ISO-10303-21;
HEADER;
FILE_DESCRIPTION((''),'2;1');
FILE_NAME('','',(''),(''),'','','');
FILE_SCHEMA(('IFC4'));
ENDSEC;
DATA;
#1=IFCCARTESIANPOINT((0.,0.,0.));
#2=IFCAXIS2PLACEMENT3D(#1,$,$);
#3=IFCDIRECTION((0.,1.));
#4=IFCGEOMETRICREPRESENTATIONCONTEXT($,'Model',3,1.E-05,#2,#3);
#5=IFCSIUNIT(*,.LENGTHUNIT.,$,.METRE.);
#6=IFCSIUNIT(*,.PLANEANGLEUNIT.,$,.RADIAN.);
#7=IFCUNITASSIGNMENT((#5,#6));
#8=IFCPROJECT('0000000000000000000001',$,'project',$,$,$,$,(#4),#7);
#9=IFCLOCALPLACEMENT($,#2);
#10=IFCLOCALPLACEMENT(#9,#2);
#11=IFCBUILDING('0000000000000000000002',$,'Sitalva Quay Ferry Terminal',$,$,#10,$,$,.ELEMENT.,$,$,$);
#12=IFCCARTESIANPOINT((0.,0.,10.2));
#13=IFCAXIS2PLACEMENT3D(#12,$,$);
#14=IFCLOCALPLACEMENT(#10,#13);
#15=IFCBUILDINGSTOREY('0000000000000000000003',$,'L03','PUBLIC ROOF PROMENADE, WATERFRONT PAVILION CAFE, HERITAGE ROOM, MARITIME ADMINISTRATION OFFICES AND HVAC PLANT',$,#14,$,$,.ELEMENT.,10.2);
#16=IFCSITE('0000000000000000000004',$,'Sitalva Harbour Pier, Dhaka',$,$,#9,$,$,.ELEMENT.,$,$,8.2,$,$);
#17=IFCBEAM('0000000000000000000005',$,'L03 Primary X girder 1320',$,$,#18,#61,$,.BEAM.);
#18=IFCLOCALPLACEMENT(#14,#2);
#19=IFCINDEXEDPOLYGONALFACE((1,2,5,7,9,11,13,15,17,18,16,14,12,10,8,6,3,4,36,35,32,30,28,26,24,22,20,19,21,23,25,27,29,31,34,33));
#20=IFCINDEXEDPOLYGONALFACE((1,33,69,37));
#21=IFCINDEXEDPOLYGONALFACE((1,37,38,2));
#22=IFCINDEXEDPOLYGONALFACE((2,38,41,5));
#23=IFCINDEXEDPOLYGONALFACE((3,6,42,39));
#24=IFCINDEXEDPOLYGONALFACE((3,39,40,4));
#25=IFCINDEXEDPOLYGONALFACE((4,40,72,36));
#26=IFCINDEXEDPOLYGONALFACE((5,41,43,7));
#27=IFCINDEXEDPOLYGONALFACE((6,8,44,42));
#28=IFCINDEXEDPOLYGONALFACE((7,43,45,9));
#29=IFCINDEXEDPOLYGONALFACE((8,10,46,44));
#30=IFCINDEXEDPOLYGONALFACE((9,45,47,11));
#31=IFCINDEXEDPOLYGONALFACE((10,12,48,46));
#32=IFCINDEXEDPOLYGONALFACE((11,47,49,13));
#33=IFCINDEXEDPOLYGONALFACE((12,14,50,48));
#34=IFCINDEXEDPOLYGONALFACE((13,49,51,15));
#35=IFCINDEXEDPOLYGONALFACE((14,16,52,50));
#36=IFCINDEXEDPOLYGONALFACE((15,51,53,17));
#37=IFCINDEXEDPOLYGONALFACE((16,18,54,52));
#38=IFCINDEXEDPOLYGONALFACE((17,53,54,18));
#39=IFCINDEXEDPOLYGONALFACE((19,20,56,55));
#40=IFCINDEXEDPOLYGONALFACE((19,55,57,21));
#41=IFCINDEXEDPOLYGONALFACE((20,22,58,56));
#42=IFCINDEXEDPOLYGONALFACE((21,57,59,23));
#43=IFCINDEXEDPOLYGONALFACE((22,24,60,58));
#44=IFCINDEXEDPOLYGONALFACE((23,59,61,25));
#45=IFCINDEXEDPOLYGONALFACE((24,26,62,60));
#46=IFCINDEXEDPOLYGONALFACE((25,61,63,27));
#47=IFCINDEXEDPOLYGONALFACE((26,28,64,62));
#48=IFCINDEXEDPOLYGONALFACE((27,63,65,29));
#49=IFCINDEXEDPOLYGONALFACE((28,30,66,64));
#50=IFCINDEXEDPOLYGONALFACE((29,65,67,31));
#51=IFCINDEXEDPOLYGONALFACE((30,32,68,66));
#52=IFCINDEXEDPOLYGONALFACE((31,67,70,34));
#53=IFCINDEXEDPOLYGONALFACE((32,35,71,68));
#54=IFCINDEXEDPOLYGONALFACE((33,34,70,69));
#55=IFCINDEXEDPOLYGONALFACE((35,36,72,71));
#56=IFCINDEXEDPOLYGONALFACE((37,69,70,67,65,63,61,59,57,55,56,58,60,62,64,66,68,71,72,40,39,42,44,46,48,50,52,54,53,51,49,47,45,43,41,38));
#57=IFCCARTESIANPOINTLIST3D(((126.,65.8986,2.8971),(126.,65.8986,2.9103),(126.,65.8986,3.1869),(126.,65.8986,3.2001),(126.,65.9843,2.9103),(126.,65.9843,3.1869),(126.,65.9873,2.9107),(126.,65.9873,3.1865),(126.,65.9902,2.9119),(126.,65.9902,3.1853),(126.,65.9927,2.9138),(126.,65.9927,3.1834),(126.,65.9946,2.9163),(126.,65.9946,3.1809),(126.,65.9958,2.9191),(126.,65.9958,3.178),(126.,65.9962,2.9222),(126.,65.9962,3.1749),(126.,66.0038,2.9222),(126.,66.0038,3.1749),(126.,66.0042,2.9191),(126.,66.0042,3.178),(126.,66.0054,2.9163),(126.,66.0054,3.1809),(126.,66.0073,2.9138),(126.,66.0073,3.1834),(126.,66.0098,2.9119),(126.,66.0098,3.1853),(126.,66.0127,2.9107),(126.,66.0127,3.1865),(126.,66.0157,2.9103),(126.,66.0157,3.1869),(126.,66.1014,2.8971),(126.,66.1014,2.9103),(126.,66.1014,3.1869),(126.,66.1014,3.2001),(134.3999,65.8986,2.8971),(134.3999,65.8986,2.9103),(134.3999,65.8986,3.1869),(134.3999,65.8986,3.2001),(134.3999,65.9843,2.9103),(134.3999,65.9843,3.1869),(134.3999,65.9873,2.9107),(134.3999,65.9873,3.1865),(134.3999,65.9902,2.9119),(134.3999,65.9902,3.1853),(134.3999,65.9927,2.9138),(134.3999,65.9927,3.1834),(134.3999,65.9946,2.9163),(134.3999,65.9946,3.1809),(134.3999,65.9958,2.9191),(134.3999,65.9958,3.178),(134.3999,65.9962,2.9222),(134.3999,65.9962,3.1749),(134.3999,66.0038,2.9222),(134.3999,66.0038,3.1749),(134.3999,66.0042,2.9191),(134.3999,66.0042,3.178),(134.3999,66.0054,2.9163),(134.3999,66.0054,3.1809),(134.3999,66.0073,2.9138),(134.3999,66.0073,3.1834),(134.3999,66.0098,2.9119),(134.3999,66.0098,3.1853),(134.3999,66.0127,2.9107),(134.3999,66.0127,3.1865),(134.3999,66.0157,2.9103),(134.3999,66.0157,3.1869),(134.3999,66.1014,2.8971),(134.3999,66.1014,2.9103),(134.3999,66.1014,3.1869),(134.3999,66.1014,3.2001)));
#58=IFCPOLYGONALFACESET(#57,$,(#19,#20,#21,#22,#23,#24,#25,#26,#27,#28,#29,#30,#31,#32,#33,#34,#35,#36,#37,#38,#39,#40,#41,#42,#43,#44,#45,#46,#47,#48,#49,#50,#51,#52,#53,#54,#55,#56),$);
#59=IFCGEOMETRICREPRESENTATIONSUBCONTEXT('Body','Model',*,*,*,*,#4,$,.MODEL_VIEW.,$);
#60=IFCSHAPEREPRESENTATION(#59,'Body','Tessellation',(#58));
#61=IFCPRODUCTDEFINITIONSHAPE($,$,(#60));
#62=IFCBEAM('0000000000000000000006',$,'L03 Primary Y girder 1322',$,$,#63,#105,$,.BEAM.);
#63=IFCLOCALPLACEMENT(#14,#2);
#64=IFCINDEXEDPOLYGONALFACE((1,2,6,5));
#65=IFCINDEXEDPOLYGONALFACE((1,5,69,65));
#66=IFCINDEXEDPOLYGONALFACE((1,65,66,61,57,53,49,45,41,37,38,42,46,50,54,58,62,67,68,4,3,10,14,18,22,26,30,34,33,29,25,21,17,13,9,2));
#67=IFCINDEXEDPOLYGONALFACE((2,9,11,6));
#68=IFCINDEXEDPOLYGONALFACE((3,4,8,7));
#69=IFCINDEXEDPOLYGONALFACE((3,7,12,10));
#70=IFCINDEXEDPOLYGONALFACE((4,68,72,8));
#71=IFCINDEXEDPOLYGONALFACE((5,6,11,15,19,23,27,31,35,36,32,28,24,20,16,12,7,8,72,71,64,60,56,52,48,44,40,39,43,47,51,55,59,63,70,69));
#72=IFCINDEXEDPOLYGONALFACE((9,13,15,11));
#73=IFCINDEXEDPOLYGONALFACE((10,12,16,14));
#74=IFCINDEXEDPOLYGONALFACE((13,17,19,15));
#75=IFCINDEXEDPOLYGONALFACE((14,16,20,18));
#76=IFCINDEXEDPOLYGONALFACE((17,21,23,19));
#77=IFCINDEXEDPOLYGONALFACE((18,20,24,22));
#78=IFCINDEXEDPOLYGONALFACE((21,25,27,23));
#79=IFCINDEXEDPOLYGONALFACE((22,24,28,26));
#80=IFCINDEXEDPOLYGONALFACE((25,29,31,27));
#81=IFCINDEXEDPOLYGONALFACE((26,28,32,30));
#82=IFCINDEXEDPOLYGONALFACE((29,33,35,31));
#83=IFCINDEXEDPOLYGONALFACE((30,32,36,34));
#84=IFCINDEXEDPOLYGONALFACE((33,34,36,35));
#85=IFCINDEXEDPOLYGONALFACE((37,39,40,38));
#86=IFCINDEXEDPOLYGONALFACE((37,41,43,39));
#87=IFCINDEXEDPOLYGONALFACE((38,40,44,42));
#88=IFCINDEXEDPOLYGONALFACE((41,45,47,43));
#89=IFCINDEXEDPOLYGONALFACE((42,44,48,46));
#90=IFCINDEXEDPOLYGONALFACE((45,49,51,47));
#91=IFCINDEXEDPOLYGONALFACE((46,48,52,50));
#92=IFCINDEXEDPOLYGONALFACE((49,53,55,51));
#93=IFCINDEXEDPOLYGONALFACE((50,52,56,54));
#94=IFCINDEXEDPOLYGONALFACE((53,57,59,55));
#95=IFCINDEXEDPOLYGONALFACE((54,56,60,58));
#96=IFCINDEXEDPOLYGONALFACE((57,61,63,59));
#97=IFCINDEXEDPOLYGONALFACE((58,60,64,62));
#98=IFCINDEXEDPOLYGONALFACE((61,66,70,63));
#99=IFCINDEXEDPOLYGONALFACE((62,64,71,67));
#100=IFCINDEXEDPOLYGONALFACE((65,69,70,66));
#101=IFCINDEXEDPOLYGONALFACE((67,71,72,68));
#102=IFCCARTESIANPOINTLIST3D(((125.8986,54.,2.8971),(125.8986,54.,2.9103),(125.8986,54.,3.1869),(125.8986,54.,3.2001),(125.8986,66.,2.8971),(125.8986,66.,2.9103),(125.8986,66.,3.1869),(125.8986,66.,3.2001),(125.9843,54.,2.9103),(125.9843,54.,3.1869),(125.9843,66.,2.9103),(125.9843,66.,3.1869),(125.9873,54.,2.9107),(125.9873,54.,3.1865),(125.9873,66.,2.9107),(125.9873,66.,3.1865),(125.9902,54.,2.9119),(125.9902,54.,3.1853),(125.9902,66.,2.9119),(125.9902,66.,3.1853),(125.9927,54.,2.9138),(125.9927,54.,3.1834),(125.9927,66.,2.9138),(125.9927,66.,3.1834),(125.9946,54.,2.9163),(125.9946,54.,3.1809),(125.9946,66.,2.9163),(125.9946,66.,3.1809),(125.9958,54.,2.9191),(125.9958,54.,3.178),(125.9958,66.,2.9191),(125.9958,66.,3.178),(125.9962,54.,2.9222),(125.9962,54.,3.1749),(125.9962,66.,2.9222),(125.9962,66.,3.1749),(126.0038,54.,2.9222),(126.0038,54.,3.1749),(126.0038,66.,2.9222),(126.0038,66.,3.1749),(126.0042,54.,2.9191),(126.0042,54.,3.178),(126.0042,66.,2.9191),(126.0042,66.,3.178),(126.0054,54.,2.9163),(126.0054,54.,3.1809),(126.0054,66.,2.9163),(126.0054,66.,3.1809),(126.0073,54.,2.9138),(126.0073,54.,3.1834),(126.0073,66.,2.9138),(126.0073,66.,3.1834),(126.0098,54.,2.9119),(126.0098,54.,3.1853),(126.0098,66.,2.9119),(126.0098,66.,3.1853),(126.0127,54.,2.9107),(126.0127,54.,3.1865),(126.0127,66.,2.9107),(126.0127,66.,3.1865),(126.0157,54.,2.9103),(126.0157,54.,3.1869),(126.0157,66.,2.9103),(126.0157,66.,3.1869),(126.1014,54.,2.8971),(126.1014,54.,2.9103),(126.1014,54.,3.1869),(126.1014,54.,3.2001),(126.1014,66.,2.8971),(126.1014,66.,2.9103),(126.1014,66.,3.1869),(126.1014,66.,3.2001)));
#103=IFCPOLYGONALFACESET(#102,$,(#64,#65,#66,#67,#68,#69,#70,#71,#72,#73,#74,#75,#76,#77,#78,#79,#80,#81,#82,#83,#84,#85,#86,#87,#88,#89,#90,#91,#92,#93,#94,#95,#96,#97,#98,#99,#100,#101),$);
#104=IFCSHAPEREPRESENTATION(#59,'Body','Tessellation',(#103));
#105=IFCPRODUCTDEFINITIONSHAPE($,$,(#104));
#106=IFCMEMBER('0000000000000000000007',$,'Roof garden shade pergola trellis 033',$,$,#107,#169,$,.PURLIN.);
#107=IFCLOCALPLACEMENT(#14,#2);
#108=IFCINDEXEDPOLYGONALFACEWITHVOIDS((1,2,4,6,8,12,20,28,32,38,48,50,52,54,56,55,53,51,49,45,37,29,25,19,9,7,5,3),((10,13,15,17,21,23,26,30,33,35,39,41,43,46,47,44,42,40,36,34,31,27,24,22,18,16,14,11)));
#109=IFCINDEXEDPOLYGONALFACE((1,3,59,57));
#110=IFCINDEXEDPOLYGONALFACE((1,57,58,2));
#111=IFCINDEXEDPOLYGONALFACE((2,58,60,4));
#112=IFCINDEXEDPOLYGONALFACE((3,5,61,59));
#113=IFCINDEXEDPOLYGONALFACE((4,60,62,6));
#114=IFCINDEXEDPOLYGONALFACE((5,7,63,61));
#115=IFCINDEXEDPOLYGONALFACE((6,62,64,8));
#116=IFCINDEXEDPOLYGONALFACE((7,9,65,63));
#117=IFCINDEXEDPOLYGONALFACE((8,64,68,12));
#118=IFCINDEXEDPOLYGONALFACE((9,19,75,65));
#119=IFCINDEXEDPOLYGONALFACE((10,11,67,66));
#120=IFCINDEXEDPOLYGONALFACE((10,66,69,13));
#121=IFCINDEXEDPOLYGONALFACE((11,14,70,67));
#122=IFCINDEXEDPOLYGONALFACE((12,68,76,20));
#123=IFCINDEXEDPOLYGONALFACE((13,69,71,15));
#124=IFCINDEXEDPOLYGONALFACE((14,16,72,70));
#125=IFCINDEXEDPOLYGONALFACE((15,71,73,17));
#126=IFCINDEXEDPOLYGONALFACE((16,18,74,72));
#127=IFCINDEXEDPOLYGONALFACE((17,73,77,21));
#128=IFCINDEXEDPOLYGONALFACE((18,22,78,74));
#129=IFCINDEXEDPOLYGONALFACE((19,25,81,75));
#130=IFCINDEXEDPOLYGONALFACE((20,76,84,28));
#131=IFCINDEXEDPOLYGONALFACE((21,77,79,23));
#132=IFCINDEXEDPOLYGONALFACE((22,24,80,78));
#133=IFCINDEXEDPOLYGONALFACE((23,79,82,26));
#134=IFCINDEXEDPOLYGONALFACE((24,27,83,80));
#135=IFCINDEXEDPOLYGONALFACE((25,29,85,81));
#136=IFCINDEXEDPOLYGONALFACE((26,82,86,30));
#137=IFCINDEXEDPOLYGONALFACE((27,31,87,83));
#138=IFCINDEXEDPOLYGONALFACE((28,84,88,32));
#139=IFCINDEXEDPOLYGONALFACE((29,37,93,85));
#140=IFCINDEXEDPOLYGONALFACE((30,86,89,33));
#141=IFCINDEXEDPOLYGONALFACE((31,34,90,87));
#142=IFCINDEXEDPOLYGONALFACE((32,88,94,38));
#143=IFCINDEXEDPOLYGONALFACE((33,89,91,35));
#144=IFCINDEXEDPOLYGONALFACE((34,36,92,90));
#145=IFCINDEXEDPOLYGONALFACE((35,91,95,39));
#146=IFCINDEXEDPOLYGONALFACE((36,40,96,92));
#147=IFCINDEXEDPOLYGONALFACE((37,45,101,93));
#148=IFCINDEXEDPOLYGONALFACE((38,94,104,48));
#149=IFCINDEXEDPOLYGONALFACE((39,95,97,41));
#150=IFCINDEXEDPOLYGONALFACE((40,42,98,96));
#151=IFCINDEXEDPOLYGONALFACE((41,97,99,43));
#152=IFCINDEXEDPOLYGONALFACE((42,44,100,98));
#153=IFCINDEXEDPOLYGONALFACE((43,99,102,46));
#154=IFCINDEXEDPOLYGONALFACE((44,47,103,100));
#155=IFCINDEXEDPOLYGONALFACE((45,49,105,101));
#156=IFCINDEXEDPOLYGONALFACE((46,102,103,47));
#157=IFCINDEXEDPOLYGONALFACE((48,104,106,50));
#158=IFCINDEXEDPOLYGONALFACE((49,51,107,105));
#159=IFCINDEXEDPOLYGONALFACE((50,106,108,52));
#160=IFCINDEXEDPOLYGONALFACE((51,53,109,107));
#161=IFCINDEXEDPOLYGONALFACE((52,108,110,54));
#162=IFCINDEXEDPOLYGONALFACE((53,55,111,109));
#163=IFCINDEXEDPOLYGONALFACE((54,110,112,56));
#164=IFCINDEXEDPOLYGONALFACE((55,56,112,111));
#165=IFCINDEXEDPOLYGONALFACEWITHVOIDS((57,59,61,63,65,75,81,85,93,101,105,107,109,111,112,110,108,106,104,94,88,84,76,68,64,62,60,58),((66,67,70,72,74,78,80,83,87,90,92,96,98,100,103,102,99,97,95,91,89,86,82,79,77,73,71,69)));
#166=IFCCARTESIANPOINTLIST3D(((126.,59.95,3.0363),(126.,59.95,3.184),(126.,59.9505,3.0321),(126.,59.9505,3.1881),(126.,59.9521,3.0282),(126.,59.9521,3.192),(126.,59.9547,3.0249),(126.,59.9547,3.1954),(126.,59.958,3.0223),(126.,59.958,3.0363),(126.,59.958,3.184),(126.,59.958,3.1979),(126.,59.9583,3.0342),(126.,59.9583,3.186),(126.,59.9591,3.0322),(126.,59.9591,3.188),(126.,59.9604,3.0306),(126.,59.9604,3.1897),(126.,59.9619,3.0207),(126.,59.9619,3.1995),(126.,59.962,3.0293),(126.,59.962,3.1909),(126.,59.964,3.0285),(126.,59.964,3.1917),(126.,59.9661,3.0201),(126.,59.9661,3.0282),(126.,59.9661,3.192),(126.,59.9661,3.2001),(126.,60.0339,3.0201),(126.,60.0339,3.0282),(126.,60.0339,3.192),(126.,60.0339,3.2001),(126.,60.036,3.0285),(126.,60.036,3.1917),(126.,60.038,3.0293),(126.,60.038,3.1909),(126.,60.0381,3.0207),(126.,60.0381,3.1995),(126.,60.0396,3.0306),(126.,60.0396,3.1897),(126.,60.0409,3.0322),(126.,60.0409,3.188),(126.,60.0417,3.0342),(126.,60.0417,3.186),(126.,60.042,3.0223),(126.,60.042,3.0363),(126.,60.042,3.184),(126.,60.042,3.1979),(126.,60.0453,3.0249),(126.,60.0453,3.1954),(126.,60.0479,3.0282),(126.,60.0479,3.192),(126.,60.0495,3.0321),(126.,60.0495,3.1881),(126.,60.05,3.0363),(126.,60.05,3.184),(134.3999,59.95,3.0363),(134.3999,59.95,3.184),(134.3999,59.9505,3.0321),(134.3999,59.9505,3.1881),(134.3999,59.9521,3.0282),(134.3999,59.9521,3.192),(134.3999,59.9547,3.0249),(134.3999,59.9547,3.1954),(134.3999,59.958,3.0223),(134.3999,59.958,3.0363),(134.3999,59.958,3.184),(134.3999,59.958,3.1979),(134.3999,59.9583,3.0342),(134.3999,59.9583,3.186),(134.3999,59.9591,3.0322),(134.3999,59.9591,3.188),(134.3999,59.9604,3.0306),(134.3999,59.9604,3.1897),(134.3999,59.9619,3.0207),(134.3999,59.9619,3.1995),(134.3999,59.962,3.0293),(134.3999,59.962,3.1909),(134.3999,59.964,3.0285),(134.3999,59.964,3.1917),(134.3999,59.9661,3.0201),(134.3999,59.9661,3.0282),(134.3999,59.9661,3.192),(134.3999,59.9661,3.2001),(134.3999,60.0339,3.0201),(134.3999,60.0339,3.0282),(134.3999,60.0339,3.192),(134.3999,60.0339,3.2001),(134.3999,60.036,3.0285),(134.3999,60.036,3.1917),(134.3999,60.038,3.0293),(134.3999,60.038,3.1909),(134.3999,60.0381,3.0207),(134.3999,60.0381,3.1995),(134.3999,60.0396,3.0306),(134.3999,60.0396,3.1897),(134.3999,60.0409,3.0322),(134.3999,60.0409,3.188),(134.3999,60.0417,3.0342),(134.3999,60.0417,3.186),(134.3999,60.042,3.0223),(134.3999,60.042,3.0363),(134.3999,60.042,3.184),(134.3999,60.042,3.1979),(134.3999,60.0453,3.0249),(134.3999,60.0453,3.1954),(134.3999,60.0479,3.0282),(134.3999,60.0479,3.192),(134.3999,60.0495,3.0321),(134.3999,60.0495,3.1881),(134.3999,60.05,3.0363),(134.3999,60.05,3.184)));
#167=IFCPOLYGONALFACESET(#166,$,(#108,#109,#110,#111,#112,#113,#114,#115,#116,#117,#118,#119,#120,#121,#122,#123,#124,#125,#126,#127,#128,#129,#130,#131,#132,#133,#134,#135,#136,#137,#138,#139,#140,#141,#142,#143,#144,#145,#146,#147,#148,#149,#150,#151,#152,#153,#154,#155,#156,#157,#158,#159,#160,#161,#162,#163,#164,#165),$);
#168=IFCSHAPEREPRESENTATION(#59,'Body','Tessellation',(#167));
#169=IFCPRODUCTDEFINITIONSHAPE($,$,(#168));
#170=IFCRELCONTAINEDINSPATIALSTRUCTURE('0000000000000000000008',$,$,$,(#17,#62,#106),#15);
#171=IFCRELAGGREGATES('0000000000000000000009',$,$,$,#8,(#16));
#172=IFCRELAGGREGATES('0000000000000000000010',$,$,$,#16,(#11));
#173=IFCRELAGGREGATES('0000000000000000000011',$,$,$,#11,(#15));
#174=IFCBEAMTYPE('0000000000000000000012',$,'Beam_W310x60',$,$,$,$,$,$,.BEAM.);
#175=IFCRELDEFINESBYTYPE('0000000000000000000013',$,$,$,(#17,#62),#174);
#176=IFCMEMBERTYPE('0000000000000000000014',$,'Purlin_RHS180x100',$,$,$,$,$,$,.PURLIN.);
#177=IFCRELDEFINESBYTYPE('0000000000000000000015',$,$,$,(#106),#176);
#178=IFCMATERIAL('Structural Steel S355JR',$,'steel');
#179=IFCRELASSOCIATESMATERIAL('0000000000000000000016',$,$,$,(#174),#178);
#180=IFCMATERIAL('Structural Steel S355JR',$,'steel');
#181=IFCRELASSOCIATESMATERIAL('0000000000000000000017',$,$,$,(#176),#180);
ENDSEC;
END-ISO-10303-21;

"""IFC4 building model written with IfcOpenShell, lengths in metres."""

from ifc_helpers import new_model, si_unit, direction, frame, origin, origin_2d, place, context, subcontext, project, spatial, hollow_rectangle, i_section, extrude, material, material_profile, profile_set, type_object, element, save


model = new_model("IFC4")

# Units and contexts
model_context = context("Model", 3, precision=1e-05, world=origin(), true_north=direction((0.0, 1.0)))
body_context = subcontext(model_context, "Body", "Model", "MODEL_VIEW")
ifc_project = project(units=[si_unit("LENGTHUNIT", "METRE"), si_unit("PLANEANGLEUNIT", "RADIAN")], contexts=[model_context])

# Site, building, storey
site_placement = place(None, origin())
site = spatial("IfcSite", under=ifc_project, at=site_placement, Name="Sitalva Harbour Pier, Dhaka", CompositionType="ELEMENT", RefElevation=8.2)
building_placement = place(site_placement, origin())
building = spatial("IfcBuilding", under=site, at=building_placement, Name="Sitalva Quay Ferry Terminal", CompositionType="ELEMENT")
storey_placement = place(building_placement, frame((0.0, 0.0, 10.2)))
storey = spatial("IfcBuildingStorey", under=building, at=storey_placement, Name="L03", Description="PUBLIC ROOF PROMENADE, WATERFRONT PAVILION CAFE, HERITAGE ROOM, MARITIME ADMINISTRATION OFFICES AND HVAC PLANT", CompositionType="ELEMENT", Elevation=10.2)

# Beams
ifc_material_1 = material(Name="Structural Steel S355JR", Category="steel")
ifc_material_profile_1 = material_profile(ifc_material_1, i_section(OverallWidth=0.2029, OverallDepth=0.303, WebThickness=0.0076, FlangeThickness=0.0132, FilletRadius=0.012, at=origin_2d()), Name="W310x60")
ifc_profile_set_1 = profile_set([ifc_material_profile_1], Name="Structural Steel S355JR")
beam_type = type_object("IfcBeamType", Name="Beam_W310x60", PredefinedType="BEAM", material=ifc_profile_set_1)
for number, where, z_axis, x_axis, name in (
    (1, (126.0, 66.0, 3.0486), (1.0, 0.0, 0.0), (0.0, 1.0, 0.0), "L03 Primary X girder 1320"),
):
    element("IfcBeam", number, at=place(storey_placement, frame(where, z_axis=z_axis, x_axis=x_axis)), inside=storey, type_object=beam_type, Name=name, PredefinedType="BEAM", context=body_context, shape_type="SweptSolid", body=[
        extrude(i_section(OverallWidth=0.2029, OverallDepth=0.303, WebThickness=0.0076, FlangeThickness=0.0132, FilletRadius=0.012, at=origin_2d()), origin(), (0.0, 0.0, 1.0), 8.3999),
    ])
beam_1_placement = place(storey_placement, frame((126.0, 54.0, 3.0486), z_axis=(0.0, 1.0, 0.0), x_axis=(-1.0, 0.0, 0.0)))
element("IfcBeam", 2, at=beam_1_placement, inside=storey, type_object=beam_type, Name="L03 Primary Y girder 1322", PredefinedType="BEAM", context=body_context, shape_type="SweptSolid", body=[
    extrude(i_section(OverallWidth=0.2029, OverallDepth=0.303, WebThickness=0.0076, FlangeThickness=0.0132, FilletRadius=0.012, at=origin_2d()), origin(), (0.0, 0.0, 1.0), 12.0),
])

# Member
ifc_material_2 = material(Name="Structural Steel S355JR", Category="steel")
ifc_material_profile_2 = material_profile(ifc_material_2, hollow_rectangle(XDim=0.1001, YDim=0.1799, WallThickness=0.0081, InnerFilletRadius=0.0081, OuterFilletRadius=0.0161, at=origin_2d()), Name="RHS180x100x8")
ifc_profile_set_2 = profile_set([ifc_material_profile_2], Name="Structural Steel S355JR")
member_type_1 = type_object("IfcMemberType", Name="Purlin_RHS180x100", PredefinedType="PURLIN", material=ifc_profile_set_2)
member_placement = place(storey_placement, frame((126.0, 60.0, 3.1101), z_axis=(1.0, 0.0, 0.0), x_axis=(0.0, 1.0, 0.0)))
element("IfcMember", 3, at=member_placement, inside=storey, type_object=member_type_1, Name="Roof garden shade pergola trellis 033", PredefinedType="PURLIN", context=body_context, shape_type="SweptSolid", body=[
    extrude(hollow_rectangle(XDim=0.1001, YDim=0.1799, WallThickness=0.0081, InnerFilletRadius=0.0081, OuterFilletRadius=0.0161, at=origin_2d()), origin(), (0.0, 0.0, 1.0), 8.3999),
])

save(model, "model.ifc")
